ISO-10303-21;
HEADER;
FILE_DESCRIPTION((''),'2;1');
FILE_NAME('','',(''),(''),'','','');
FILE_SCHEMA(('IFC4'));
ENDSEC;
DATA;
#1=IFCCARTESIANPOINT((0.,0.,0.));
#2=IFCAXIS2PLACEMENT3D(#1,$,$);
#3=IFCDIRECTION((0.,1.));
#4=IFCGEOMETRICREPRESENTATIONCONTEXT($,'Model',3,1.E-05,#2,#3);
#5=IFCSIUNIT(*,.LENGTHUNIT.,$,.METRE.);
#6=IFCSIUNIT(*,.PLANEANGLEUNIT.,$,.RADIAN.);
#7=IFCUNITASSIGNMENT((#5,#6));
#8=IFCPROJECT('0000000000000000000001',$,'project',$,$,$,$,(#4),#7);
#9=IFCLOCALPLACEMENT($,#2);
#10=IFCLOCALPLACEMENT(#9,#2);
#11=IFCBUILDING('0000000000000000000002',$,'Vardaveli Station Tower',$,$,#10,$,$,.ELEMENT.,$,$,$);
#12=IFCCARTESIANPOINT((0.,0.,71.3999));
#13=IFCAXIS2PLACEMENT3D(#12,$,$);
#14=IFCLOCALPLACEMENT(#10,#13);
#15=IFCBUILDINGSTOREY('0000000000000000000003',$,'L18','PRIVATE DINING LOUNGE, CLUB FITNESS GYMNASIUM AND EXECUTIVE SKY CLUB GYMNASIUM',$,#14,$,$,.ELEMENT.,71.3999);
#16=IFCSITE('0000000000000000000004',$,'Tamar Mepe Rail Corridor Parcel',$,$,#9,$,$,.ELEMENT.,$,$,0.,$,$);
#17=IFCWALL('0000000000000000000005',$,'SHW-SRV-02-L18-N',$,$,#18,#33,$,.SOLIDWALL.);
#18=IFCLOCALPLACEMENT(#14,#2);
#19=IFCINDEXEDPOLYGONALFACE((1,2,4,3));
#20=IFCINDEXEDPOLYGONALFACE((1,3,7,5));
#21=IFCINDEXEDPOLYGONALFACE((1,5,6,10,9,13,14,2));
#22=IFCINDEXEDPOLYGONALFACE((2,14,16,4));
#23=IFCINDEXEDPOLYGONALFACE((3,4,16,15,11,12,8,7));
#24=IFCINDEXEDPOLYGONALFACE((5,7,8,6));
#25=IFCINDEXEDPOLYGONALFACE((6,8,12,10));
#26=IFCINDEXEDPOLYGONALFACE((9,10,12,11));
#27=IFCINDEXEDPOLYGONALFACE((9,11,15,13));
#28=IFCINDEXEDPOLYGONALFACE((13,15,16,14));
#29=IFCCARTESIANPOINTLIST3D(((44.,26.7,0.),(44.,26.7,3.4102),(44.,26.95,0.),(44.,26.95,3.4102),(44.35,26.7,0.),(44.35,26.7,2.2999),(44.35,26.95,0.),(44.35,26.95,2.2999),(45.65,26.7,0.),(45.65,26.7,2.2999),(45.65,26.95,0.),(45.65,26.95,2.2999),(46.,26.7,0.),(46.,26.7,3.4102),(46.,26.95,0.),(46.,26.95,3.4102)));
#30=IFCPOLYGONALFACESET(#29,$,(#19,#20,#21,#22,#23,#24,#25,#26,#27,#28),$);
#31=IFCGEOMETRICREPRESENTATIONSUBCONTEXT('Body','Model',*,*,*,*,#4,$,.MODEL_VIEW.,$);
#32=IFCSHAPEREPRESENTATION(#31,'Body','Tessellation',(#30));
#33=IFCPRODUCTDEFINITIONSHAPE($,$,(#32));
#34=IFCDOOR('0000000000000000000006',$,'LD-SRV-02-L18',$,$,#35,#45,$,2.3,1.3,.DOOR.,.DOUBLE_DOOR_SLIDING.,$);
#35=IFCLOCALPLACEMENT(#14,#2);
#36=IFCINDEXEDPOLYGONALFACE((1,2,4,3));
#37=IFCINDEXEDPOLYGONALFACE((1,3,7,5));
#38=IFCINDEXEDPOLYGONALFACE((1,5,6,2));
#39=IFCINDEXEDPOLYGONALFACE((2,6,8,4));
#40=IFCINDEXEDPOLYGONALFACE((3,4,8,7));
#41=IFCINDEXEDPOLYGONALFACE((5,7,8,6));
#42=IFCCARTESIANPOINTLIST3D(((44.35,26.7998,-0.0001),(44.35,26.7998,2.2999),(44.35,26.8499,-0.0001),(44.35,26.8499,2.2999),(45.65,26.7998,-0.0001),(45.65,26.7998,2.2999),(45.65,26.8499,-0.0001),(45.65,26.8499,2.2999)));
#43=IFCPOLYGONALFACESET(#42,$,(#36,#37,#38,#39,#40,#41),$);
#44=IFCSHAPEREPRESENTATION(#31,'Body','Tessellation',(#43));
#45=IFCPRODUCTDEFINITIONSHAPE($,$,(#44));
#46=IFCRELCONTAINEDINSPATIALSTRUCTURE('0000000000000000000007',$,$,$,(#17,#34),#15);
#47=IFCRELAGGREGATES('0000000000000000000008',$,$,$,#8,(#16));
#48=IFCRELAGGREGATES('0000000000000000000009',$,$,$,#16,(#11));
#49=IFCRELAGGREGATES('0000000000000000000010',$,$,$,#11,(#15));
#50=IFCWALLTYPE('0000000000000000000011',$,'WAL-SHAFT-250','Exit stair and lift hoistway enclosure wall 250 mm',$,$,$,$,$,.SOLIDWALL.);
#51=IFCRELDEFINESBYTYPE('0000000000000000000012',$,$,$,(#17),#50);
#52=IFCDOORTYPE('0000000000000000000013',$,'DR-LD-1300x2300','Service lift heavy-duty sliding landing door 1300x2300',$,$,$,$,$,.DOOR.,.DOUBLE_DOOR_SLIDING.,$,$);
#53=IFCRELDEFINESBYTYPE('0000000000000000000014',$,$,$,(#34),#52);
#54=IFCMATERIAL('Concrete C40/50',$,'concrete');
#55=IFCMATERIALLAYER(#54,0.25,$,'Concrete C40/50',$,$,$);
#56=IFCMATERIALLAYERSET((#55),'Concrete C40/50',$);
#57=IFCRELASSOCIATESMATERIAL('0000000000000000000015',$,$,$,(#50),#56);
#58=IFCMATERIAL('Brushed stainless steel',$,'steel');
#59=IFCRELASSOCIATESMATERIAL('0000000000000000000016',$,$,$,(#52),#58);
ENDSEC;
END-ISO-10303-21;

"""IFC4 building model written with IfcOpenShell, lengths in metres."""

from ifc_helpers import new_model, si_unit, direction, frame, frame_2d, origin, place, context, subcontext, project, spatial, rectangle, extrude, source, transform, mapped, material, layer, layer_set, type_object, element, fill, save


model = new_model("IFC4")

# Units and contexts
model_context = context("Model", 3, precision=1e-05, world=origin(), true_north=direction((0.0, 1.0)))
body_context = subcontext(model_context, "Body", "Model", "MODEL_VIEW")
ifc_project = project(units=[si_unit("LENGTHUNIT", "METRE"), si_unit("PLANEANGLEUNIT", "RADIAN")], contexts=[model_context])

# Site, building, storey
site_placement = place(None, origin())
site = spatial("IfcSite", under=ifc_project, at=site_placement, Name="Tamar Mepe Rail Corridor Parcel", CompositionType="ELEMENT", RefElevation=0.0)
building_placement = place(site_placement, origin())
building = spatial("IfcBuilding", under=site, at=building_placement, Name="Vardaveli Station Tower", CompositionType="ELEMENT")
storey_placement = place(building_placement, frame((0.0, 0.0, 71.3999)))
storey = spatial("IfcBuildingStorey", under=building, at=storey_placement, Name="L18", Description="PRIVATE DINING LOUNGE, CLUB FITNESS GYMNASIUM AND EXECUTIVE SKY CLUB GYMNASIUM", CompositionType="ELEMENT", Elevation=71.3999)

# Shared definitions
ifc_material_1 = material(Name="Concrete C40/50", Category="concrete")
ifc_layer_1 = layer(ifc_material_1, 0.25, Name="Concrete C40/50")
ifc_layer_set_1 = layer_set([ifc_layer_1], Name="Concrete C40/50")
wall_type_1 = type_object("IfcWallType", Name="WAL-SHAFT-250", Description="Exit stair and lift hoistway enclosure wall 250 mm", PredefinedType="SOLIDWALL", material=ifc_layer_set_1)
shared_shape_1 = source(origin(), body_context, "Body", "SweptSolid", [
    extrude(rectangle(XDim=2.0, YDim=0.25, at=frame_2d((1.0, 0.0))), origin(), (0.0, 0.0, 1.0), 3.4102),
])

# Wall, opening, door
wall_1_placement = place(storey_placement, frame((44.0, 26.825, 0.0), z_axis=(0.0, 0.0, 1.0), x_axis=(1.0, 0.0, 0.0)))
wall_1 = element("IfcWall", 1, at=wall_1_placement, inside=storey, type_object=wall_type_1, Name="SHW-SRV-02-L18-N", PredefinedType="SOLIDWALL", context=body_context, shape_type="MappedRepresentation", body=[
    mapped(shared_shape_1, transform((0.0, 0.0, 0.0), scale=1.0)),
])
shared_shape_2 = source(origin(), body_context, "Body", "SweptSolid", [
    extrude(rectangle(XDim=1.3, YDim=2.3, at=frame_2d((0.6499, 1.1499))), frame((0.0, 0.135, 0.0), z_axis=(0.0, -1.0, 0.0), x_axis=(1.0, 0.0, 0.0)), (0.0, 0.0, 1.0), 0.27),
])
opening_placement = place(wall_1_placement, frame((0.3501, 0.0, 0.0)))
opening = element("IfcOpeningElement", 2, at=opening_placement, cuts=wall_1, PredefinedType="OPENING", context=body_context, shape_type="MappedRepresentation", body=[
    mapped(shared_shape_2, transform((0.0, 0.0, 0.0), scale=1.0)),
])
ifc_material_2 = material(Name="Brushed stainless steel", Category="steel")
door_type = type_object("IfcDoorType", Name="DR-LD-1300x2300", Description="Service lift heavy-duty sliding landing door 1300x2300", OperationType="DOUBLE_DOOR_SLIDING", PredefinedType="DOOR", material=ifc_material_2)
shared_shape_3 = source(origin(), body_context, "Body", "SweptSolid", [
    extrude(rectangle(XDim=1.3, YDim=2.3, at=frame_2d((0.6499, 1.1499))), frame((0.0, 0.0249, 0.0), z_axis=(0.0, -1.0, 0.0), x_axis=(1.0, 0.0, 0.0)), (0.0, 0.0, 1.0), 0.05),
])
door_placement = place(opening_placement, origin())
door = element("IfcDoor", 3, at=door_placement, inside=storey, type_object=door_type, Name="LD-SRV-02-L18", OperationType="DOUBLE_DOOR_SLIDING", OverallHeight=2.3, OverallWidth=1.3, PredefinedType="DOOR", context=body_context, shape_type="MappedRepresentation", body=[
    mapped(shared_shape_3, transform((0.0, 0.0, 0.0), scale=1.0)),
])
fill(opening, door)

save(model, "model.ifc")
